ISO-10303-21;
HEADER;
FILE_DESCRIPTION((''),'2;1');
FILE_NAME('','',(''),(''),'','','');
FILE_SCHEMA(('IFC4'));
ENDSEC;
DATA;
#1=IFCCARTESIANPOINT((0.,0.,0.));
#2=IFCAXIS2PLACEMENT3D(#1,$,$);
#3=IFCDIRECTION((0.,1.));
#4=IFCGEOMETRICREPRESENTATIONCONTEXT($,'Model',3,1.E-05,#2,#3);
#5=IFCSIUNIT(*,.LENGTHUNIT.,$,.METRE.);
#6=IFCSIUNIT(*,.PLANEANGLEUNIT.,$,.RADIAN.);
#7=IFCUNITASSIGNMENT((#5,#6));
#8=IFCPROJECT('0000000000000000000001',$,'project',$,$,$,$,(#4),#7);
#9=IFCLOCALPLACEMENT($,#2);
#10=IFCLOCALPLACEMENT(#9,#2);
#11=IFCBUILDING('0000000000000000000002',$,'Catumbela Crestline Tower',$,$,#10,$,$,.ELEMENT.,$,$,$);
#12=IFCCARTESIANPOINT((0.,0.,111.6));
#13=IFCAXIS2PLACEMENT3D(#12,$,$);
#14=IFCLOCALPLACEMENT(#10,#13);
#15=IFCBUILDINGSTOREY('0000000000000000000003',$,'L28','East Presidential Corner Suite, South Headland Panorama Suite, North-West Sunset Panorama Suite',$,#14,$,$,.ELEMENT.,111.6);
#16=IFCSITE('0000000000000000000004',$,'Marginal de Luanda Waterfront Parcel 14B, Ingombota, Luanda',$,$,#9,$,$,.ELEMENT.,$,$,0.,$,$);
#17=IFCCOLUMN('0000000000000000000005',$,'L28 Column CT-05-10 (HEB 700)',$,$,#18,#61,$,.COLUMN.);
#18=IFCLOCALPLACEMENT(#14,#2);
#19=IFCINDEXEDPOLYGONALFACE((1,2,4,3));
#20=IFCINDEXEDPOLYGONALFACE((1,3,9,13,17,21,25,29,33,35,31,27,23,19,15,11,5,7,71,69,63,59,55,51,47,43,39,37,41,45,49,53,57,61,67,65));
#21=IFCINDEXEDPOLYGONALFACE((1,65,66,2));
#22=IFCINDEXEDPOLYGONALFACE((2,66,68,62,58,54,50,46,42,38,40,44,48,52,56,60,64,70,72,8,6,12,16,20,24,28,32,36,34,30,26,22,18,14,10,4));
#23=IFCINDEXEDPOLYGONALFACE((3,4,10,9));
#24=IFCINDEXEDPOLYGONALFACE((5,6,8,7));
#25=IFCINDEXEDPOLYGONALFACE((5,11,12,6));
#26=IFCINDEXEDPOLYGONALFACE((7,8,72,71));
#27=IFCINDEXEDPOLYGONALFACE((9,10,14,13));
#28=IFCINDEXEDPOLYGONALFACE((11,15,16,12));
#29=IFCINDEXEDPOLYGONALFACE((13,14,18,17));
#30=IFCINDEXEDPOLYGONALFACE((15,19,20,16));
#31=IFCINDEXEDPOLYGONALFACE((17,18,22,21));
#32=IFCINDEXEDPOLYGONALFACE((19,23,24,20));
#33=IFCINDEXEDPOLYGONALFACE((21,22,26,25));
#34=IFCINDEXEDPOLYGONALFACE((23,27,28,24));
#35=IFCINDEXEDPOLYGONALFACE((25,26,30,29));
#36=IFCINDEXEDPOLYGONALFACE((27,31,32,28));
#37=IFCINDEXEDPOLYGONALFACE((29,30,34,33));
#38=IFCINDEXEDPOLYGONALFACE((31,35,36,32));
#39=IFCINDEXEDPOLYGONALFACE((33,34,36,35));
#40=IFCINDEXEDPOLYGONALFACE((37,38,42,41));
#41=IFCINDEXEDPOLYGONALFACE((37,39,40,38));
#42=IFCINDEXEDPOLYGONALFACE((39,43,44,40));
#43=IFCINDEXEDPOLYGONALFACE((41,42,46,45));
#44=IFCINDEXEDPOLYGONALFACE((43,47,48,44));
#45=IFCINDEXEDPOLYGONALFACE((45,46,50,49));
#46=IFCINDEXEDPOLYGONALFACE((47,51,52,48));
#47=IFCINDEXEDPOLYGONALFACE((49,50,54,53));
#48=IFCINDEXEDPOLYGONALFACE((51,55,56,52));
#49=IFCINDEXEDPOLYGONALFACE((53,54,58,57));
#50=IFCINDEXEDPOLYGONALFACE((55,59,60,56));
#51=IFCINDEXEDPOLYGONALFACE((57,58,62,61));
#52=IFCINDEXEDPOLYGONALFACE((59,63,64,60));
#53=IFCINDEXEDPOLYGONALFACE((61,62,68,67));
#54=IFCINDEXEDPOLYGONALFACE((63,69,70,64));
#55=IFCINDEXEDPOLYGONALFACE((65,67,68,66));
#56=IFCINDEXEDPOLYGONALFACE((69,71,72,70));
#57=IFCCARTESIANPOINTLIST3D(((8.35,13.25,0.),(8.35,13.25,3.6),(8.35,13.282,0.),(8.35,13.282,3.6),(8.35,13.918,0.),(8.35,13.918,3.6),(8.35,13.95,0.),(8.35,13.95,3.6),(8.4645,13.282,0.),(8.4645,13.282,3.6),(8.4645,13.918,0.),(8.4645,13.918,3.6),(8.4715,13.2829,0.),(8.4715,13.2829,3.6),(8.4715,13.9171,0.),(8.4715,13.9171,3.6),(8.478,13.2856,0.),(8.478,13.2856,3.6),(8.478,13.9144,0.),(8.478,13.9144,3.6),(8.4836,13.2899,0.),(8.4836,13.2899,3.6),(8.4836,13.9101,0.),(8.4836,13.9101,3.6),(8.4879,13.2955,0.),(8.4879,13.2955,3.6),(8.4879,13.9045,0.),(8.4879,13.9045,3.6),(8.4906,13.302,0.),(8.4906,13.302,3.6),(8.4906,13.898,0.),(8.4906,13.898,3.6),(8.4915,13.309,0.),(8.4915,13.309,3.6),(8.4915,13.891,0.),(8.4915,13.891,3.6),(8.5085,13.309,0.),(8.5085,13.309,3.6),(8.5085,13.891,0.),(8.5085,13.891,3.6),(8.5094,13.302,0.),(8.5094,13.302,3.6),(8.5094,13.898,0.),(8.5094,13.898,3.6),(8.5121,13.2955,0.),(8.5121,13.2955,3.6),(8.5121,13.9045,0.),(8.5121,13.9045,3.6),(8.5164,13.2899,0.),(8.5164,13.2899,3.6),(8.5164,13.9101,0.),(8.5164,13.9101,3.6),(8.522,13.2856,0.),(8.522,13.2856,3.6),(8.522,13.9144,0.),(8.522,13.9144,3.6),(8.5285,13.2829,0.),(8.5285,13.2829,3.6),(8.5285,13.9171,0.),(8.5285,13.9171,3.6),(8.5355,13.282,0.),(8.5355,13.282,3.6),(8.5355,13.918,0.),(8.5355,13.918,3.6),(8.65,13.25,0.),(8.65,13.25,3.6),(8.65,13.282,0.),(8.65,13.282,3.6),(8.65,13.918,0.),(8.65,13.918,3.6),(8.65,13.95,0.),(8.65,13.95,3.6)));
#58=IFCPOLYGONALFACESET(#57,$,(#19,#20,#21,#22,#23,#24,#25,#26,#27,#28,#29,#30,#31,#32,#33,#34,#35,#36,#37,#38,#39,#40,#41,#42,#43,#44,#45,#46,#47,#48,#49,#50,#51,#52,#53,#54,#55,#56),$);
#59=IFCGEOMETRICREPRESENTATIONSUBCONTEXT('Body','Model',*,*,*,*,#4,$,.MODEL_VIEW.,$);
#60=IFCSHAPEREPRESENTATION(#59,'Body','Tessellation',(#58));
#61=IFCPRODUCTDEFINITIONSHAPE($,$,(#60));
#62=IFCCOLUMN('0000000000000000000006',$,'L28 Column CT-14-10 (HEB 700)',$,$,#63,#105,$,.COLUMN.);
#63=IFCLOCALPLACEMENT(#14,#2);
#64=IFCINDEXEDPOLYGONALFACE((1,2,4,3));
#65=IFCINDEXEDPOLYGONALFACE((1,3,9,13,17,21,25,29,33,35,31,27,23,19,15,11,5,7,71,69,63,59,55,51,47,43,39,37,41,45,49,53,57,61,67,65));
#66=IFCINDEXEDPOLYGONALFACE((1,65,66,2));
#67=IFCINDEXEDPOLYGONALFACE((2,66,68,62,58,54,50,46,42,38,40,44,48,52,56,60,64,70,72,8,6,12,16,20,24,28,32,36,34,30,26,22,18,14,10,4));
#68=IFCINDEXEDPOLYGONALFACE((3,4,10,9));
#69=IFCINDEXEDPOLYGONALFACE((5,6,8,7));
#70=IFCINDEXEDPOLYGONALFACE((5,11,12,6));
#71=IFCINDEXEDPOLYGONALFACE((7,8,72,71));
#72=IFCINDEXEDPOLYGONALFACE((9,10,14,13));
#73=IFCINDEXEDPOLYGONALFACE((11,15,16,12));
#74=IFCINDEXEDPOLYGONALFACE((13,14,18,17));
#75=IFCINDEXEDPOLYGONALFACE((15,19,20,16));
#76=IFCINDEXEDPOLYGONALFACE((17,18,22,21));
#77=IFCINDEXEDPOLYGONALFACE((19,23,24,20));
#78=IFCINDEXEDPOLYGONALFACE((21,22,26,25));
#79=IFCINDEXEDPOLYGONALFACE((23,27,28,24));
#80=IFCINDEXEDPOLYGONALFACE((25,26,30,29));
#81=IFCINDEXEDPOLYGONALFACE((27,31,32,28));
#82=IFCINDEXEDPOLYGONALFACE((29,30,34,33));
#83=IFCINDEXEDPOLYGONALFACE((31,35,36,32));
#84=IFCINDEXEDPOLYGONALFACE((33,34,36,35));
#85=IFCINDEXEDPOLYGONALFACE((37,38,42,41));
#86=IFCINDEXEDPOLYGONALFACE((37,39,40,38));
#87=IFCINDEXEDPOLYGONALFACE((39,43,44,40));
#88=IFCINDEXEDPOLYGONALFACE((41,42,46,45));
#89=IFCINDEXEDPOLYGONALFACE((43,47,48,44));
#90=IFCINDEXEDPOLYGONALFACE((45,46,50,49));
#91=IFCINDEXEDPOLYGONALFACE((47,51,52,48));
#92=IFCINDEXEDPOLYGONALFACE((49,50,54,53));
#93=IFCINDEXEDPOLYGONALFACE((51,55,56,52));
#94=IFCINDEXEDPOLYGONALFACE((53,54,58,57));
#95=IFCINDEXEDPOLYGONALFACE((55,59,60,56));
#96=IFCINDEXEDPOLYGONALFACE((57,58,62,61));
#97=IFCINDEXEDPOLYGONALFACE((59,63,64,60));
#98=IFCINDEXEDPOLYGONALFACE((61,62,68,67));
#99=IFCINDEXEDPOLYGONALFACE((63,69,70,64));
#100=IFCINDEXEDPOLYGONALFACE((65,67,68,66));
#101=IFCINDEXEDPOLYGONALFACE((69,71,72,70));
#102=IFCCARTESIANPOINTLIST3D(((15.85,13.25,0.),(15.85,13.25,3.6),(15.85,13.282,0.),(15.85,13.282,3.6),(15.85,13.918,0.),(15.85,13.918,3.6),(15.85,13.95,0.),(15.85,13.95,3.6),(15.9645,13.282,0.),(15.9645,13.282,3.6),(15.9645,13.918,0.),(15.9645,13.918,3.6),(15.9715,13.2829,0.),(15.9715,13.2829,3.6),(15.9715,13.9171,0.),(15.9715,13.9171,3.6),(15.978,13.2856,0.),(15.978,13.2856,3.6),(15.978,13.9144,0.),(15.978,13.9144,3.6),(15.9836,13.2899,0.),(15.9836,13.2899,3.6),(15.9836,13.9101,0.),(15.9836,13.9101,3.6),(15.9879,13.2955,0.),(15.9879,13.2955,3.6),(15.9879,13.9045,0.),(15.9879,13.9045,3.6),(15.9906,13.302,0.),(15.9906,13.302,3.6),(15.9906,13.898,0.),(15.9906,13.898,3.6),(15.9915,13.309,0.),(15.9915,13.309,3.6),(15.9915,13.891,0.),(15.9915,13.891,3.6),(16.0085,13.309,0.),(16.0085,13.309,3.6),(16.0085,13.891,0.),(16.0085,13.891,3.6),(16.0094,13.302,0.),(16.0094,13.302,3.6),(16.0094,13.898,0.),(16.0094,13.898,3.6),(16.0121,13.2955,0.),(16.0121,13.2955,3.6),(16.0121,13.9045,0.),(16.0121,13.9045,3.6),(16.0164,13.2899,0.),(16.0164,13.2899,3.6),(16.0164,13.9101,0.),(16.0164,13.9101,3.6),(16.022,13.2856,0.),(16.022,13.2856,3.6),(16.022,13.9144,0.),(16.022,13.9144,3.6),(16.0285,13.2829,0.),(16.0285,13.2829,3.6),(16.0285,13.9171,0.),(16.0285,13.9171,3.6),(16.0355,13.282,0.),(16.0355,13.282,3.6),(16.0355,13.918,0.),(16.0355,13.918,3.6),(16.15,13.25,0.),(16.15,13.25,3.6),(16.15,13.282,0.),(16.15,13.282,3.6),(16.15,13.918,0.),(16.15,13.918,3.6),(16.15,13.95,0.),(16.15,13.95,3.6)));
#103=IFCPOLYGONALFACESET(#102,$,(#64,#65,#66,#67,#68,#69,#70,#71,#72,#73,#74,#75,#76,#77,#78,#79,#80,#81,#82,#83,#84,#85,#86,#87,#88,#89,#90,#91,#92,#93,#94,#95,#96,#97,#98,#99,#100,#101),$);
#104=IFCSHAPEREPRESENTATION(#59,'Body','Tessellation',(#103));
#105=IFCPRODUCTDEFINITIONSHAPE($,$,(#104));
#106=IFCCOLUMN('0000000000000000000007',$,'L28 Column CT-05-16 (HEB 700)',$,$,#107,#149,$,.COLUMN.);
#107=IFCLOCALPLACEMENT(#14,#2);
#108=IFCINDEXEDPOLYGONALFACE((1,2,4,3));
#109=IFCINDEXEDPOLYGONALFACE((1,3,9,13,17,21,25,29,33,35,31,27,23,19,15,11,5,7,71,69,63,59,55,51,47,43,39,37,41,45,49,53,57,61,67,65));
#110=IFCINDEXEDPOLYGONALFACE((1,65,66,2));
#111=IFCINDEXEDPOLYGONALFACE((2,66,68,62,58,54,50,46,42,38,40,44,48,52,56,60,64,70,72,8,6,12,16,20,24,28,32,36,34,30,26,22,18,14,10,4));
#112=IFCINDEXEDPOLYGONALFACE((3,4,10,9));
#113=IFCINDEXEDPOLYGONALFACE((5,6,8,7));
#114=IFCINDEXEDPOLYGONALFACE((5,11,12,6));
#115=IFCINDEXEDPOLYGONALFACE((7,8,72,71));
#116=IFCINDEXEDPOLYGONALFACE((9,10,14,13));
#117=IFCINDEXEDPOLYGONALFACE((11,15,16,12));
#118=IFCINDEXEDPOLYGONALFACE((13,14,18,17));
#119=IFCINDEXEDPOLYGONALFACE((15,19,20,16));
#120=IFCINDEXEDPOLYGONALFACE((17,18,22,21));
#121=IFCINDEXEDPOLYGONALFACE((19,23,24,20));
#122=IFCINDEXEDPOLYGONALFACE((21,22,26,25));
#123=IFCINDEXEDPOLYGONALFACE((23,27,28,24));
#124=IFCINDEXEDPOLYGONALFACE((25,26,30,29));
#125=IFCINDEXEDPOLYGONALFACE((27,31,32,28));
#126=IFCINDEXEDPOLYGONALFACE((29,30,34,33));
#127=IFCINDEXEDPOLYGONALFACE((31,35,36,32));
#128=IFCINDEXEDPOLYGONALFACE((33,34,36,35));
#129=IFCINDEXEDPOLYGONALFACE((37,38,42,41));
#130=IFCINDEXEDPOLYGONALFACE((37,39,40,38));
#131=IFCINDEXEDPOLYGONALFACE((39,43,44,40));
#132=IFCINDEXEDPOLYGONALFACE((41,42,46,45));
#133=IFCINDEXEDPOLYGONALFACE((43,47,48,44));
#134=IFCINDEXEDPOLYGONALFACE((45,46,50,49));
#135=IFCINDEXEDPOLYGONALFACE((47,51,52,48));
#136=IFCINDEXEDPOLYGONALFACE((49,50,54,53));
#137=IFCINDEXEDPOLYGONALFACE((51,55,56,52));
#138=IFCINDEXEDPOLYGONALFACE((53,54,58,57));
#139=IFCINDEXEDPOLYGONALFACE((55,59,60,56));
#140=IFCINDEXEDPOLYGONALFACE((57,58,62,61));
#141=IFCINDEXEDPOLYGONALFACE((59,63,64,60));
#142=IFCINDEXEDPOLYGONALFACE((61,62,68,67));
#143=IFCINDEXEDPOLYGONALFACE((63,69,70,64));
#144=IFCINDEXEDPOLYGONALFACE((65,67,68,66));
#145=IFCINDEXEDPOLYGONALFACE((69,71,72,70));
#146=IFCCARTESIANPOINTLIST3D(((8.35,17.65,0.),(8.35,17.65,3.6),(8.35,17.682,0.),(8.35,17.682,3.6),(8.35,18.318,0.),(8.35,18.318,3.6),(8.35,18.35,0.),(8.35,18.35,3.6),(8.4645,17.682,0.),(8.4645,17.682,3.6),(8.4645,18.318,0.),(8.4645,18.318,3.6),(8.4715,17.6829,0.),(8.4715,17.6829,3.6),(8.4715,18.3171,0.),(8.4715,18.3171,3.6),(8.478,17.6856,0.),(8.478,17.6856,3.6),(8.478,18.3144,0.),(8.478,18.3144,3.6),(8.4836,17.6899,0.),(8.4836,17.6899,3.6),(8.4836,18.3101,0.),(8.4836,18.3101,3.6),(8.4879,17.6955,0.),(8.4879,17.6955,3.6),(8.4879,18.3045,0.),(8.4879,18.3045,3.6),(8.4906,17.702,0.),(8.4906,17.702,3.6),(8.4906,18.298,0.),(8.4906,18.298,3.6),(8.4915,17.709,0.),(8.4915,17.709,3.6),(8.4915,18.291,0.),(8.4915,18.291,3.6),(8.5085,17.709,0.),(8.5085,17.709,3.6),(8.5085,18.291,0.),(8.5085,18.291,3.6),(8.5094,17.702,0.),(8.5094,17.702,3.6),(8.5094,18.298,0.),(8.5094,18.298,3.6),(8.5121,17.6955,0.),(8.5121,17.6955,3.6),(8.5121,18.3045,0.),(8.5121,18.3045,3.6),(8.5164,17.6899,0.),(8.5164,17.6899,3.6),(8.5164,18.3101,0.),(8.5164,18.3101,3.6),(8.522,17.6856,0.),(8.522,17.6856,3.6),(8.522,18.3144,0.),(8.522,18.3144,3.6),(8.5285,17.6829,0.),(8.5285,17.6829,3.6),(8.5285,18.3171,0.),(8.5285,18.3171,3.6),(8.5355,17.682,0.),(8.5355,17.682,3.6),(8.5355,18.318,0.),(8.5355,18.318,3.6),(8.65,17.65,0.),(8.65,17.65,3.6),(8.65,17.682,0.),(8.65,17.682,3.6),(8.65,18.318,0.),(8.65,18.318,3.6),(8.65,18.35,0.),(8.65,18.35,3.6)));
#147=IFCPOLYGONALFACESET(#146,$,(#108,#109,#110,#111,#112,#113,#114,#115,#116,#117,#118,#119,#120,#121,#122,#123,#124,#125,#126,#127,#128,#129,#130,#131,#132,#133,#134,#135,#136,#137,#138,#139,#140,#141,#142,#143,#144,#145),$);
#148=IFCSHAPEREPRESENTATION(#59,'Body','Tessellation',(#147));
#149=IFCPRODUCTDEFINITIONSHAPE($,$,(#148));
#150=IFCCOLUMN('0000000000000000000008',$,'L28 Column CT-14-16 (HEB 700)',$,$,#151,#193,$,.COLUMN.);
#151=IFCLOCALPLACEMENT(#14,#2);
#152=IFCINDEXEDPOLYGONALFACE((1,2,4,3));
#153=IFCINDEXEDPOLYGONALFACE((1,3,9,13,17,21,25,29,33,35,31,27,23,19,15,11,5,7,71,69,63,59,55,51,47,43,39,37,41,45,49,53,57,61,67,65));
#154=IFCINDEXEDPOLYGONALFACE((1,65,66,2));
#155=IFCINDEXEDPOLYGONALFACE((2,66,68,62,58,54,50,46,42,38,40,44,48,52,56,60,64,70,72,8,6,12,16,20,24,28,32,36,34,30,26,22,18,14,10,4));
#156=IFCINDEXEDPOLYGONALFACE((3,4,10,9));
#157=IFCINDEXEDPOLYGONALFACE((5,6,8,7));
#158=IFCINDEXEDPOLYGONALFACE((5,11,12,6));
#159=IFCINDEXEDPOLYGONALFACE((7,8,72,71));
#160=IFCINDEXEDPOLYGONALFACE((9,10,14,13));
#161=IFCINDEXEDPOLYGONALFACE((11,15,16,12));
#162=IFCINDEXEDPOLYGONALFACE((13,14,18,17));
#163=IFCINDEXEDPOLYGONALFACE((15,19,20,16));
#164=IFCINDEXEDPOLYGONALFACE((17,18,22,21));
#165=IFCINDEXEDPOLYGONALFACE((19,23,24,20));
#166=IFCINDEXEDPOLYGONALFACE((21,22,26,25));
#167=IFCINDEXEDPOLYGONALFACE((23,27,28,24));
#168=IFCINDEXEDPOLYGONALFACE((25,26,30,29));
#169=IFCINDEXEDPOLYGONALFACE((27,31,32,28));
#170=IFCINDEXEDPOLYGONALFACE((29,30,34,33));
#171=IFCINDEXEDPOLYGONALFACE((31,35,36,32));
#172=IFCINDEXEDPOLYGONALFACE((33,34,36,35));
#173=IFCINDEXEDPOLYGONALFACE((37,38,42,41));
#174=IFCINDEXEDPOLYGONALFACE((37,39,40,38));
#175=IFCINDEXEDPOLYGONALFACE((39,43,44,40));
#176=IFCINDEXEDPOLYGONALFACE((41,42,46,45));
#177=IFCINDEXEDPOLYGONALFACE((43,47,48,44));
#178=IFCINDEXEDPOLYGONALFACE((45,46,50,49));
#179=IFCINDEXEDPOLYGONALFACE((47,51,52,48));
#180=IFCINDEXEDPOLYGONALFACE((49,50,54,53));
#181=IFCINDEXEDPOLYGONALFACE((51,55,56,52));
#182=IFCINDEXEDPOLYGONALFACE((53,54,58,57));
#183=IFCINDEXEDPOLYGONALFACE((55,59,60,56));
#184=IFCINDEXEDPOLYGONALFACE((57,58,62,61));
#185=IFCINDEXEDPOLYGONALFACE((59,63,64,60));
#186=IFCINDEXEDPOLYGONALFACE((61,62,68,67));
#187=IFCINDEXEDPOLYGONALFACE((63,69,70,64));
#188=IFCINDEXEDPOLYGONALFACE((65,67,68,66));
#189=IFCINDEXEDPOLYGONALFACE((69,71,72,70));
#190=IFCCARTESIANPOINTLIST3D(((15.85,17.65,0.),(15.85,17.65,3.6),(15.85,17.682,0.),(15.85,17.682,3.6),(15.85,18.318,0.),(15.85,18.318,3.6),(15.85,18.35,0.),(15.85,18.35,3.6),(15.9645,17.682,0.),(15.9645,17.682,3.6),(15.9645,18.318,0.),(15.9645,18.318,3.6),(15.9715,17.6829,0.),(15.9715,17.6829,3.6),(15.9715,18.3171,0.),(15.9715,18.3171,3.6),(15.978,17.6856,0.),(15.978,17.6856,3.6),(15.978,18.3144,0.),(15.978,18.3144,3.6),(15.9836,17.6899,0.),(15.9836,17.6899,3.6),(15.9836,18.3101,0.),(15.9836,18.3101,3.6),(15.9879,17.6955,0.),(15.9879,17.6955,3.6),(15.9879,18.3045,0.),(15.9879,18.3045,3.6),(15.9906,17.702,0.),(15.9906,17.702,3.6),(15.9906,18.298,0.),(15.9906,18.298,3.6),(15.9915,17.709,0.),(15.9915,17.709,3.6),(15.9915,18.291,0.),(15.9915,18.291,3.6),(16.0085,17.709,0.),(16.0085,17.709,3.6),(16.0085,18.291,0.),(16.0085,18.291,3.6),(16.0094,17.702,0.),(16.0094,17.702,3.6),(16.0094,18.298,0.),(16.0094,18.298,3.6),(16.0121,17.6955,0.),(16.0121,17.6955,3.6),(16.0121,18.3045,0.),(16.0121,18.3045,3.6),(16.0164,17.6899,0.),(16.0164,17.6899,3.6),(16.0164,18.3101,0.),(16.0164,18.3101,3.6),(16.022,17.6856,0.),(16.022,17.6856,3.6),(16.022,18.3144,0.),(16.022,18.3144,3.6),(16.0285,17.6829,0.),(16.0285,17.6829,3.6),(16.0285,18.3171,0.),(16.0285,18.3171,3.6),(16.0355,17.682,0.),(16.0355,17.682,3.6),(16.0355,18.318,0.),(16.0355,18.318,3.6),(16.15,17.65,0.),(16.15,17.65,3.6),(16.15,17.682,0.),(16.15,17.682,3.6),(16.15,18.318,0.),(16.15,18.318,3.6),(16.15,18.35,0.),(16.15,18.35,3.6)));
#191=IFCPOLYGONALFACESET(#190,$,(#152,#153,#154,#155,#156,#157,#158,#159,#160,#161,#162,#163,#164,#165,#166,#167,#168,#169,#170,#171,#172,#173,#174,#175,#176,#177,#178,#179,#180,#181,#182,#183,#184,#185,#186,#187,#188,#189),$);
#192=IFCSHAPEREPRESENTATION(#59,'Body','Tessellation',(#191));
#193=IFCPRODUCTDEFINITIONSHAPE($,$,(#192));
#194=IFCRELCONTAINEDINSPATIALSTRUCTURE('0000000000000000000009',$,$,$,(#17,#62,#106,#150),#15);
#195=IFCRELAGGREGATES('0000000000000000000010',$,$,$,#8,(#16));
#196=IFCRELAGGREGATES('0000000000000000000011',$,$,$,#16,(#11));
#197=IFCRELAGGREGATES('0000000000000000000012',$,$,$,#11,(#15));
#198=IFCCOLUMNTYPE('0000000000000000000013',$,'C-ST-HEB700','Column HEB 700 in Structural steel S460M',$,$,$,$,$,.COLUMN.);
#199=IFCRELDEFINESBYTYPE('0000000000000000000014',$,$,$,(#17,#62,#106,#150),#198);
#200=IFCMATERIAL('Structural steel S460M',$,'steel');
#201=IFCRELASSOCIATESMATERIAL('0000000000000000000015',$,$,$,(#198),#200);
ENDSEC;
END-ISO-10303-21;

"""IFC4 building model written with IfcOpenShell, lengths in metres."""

from ifc_helpers import new_model, si_unit, direction, frame, origin, origin_2d, place, context, subcontext, project, spatial, i_section, extrude, material, material_profile, profile_set, type_object, element, save


model = new_model("IFC4")

# Units and contexts
model_context = context("Model", 3, precision=1e-05, world=origin(), true_north=direction((0.0, 1.0)))
body_context = subcontext(model_context, "Body", "Model", "MODEL_VIEW")
ifc_project = project(units=[si_unit("LENGTHUNIT", "METRE"), si_unit("PLANEANGLEUNIT", "RADIAN")], contexts=[model_context])

# Site, building, storey
site_placement = place(None, origin())
site = spatial("IfcSite", under=ifc_project, at=site_placement, Name="Marginal de Luanda Waterfront Parcel 14B, Ingombota, Luanda", CompositionType="ELEMENT", RefElevation=0.0)
building_placement = place(site_placement, origin())
building = spatial("IfcBuilding", under=site, at=building_placement, Name="Catumbela Crestline Tower", CompositionType="ELEMENT")
storey_placement = place(building_placement, frame((0.0, 0.0, 111.6)))
storey = spatial("IfcBuildingStorey", under=building, at=storey_placement, Name="L28", Description="East Presidential Corner Suite, South Headland Panorama Suite, North-West Sunset Panorama Suite", CompositionType="ELEMENT", Elevation=111.6)

# Columns
ifc_material_1 = material(Name="Structural steel S460M", Category="steel")
ifc_material_profile_1 = material_profile(ifc_material_1, i_section(OverallWidth=0.3, OverallDepth=0.7, WebThickness=0.017, FlangeThickness=0.032, FilletRadius=0.027, at=origin_2d()), Name="HEB 700")
ifc_profile_set_1 = profile_set([ifc_material_profile_1], Name="Structural steel S460M")
column_type = type_object("IfcColumnType", Name="C-ST-HEB700", Description="Column HEB 700 in Structural steel S460M", PredefinedType="COLUMN", material=ifc_profile_set_1)
for number, where, z_axis, x_axis, name in (
    (1, (8.5, 13.6, 0.0), (0.0, 0.0, 1.0), (1.0, 0.0, 0.0), "L28 Column CT-05-10 (HEB 700)"),
    (2, (16.0, 13.6, 0.0), (0.0, 0.0, 1.0), (1.0, 0.0, 0.0), "L28 Column CT-14-10 (HEB 700)"),
    (3, (8.5, 18.0, 0.0), (0.0, 0.0, 1.0), (1.0, 0.0, 0.0), "L28 Column CT-05-16 (HEB 700)"),
    (4, (16.0, 18.0, 0.0), (0.0, 0.0, 1.0), (1.0, 0.0, 0.0), "L28 Column CT-14-16 (HEB 700)"),
):
    element("IfcColumn", number, at=place(storey_placement, frame(where, z_axis=z_axis, x_axis=x_axis)), inside=storey, type_object=column_type, Name=name, PredefinedType="COLUMN", context=body_context, shape_type="SweptSolid", body=[
        extrude(i_section(OverallWidth=0.3, OverallDepth=0.7, WebThickness=0.017, FlangeThickness=0.032, FilletRadius=0.027, at=origin_2d()), origin(), (0.0, 0.0, 1.0), 3.6),
    ])

save(model, "model.ifc")
